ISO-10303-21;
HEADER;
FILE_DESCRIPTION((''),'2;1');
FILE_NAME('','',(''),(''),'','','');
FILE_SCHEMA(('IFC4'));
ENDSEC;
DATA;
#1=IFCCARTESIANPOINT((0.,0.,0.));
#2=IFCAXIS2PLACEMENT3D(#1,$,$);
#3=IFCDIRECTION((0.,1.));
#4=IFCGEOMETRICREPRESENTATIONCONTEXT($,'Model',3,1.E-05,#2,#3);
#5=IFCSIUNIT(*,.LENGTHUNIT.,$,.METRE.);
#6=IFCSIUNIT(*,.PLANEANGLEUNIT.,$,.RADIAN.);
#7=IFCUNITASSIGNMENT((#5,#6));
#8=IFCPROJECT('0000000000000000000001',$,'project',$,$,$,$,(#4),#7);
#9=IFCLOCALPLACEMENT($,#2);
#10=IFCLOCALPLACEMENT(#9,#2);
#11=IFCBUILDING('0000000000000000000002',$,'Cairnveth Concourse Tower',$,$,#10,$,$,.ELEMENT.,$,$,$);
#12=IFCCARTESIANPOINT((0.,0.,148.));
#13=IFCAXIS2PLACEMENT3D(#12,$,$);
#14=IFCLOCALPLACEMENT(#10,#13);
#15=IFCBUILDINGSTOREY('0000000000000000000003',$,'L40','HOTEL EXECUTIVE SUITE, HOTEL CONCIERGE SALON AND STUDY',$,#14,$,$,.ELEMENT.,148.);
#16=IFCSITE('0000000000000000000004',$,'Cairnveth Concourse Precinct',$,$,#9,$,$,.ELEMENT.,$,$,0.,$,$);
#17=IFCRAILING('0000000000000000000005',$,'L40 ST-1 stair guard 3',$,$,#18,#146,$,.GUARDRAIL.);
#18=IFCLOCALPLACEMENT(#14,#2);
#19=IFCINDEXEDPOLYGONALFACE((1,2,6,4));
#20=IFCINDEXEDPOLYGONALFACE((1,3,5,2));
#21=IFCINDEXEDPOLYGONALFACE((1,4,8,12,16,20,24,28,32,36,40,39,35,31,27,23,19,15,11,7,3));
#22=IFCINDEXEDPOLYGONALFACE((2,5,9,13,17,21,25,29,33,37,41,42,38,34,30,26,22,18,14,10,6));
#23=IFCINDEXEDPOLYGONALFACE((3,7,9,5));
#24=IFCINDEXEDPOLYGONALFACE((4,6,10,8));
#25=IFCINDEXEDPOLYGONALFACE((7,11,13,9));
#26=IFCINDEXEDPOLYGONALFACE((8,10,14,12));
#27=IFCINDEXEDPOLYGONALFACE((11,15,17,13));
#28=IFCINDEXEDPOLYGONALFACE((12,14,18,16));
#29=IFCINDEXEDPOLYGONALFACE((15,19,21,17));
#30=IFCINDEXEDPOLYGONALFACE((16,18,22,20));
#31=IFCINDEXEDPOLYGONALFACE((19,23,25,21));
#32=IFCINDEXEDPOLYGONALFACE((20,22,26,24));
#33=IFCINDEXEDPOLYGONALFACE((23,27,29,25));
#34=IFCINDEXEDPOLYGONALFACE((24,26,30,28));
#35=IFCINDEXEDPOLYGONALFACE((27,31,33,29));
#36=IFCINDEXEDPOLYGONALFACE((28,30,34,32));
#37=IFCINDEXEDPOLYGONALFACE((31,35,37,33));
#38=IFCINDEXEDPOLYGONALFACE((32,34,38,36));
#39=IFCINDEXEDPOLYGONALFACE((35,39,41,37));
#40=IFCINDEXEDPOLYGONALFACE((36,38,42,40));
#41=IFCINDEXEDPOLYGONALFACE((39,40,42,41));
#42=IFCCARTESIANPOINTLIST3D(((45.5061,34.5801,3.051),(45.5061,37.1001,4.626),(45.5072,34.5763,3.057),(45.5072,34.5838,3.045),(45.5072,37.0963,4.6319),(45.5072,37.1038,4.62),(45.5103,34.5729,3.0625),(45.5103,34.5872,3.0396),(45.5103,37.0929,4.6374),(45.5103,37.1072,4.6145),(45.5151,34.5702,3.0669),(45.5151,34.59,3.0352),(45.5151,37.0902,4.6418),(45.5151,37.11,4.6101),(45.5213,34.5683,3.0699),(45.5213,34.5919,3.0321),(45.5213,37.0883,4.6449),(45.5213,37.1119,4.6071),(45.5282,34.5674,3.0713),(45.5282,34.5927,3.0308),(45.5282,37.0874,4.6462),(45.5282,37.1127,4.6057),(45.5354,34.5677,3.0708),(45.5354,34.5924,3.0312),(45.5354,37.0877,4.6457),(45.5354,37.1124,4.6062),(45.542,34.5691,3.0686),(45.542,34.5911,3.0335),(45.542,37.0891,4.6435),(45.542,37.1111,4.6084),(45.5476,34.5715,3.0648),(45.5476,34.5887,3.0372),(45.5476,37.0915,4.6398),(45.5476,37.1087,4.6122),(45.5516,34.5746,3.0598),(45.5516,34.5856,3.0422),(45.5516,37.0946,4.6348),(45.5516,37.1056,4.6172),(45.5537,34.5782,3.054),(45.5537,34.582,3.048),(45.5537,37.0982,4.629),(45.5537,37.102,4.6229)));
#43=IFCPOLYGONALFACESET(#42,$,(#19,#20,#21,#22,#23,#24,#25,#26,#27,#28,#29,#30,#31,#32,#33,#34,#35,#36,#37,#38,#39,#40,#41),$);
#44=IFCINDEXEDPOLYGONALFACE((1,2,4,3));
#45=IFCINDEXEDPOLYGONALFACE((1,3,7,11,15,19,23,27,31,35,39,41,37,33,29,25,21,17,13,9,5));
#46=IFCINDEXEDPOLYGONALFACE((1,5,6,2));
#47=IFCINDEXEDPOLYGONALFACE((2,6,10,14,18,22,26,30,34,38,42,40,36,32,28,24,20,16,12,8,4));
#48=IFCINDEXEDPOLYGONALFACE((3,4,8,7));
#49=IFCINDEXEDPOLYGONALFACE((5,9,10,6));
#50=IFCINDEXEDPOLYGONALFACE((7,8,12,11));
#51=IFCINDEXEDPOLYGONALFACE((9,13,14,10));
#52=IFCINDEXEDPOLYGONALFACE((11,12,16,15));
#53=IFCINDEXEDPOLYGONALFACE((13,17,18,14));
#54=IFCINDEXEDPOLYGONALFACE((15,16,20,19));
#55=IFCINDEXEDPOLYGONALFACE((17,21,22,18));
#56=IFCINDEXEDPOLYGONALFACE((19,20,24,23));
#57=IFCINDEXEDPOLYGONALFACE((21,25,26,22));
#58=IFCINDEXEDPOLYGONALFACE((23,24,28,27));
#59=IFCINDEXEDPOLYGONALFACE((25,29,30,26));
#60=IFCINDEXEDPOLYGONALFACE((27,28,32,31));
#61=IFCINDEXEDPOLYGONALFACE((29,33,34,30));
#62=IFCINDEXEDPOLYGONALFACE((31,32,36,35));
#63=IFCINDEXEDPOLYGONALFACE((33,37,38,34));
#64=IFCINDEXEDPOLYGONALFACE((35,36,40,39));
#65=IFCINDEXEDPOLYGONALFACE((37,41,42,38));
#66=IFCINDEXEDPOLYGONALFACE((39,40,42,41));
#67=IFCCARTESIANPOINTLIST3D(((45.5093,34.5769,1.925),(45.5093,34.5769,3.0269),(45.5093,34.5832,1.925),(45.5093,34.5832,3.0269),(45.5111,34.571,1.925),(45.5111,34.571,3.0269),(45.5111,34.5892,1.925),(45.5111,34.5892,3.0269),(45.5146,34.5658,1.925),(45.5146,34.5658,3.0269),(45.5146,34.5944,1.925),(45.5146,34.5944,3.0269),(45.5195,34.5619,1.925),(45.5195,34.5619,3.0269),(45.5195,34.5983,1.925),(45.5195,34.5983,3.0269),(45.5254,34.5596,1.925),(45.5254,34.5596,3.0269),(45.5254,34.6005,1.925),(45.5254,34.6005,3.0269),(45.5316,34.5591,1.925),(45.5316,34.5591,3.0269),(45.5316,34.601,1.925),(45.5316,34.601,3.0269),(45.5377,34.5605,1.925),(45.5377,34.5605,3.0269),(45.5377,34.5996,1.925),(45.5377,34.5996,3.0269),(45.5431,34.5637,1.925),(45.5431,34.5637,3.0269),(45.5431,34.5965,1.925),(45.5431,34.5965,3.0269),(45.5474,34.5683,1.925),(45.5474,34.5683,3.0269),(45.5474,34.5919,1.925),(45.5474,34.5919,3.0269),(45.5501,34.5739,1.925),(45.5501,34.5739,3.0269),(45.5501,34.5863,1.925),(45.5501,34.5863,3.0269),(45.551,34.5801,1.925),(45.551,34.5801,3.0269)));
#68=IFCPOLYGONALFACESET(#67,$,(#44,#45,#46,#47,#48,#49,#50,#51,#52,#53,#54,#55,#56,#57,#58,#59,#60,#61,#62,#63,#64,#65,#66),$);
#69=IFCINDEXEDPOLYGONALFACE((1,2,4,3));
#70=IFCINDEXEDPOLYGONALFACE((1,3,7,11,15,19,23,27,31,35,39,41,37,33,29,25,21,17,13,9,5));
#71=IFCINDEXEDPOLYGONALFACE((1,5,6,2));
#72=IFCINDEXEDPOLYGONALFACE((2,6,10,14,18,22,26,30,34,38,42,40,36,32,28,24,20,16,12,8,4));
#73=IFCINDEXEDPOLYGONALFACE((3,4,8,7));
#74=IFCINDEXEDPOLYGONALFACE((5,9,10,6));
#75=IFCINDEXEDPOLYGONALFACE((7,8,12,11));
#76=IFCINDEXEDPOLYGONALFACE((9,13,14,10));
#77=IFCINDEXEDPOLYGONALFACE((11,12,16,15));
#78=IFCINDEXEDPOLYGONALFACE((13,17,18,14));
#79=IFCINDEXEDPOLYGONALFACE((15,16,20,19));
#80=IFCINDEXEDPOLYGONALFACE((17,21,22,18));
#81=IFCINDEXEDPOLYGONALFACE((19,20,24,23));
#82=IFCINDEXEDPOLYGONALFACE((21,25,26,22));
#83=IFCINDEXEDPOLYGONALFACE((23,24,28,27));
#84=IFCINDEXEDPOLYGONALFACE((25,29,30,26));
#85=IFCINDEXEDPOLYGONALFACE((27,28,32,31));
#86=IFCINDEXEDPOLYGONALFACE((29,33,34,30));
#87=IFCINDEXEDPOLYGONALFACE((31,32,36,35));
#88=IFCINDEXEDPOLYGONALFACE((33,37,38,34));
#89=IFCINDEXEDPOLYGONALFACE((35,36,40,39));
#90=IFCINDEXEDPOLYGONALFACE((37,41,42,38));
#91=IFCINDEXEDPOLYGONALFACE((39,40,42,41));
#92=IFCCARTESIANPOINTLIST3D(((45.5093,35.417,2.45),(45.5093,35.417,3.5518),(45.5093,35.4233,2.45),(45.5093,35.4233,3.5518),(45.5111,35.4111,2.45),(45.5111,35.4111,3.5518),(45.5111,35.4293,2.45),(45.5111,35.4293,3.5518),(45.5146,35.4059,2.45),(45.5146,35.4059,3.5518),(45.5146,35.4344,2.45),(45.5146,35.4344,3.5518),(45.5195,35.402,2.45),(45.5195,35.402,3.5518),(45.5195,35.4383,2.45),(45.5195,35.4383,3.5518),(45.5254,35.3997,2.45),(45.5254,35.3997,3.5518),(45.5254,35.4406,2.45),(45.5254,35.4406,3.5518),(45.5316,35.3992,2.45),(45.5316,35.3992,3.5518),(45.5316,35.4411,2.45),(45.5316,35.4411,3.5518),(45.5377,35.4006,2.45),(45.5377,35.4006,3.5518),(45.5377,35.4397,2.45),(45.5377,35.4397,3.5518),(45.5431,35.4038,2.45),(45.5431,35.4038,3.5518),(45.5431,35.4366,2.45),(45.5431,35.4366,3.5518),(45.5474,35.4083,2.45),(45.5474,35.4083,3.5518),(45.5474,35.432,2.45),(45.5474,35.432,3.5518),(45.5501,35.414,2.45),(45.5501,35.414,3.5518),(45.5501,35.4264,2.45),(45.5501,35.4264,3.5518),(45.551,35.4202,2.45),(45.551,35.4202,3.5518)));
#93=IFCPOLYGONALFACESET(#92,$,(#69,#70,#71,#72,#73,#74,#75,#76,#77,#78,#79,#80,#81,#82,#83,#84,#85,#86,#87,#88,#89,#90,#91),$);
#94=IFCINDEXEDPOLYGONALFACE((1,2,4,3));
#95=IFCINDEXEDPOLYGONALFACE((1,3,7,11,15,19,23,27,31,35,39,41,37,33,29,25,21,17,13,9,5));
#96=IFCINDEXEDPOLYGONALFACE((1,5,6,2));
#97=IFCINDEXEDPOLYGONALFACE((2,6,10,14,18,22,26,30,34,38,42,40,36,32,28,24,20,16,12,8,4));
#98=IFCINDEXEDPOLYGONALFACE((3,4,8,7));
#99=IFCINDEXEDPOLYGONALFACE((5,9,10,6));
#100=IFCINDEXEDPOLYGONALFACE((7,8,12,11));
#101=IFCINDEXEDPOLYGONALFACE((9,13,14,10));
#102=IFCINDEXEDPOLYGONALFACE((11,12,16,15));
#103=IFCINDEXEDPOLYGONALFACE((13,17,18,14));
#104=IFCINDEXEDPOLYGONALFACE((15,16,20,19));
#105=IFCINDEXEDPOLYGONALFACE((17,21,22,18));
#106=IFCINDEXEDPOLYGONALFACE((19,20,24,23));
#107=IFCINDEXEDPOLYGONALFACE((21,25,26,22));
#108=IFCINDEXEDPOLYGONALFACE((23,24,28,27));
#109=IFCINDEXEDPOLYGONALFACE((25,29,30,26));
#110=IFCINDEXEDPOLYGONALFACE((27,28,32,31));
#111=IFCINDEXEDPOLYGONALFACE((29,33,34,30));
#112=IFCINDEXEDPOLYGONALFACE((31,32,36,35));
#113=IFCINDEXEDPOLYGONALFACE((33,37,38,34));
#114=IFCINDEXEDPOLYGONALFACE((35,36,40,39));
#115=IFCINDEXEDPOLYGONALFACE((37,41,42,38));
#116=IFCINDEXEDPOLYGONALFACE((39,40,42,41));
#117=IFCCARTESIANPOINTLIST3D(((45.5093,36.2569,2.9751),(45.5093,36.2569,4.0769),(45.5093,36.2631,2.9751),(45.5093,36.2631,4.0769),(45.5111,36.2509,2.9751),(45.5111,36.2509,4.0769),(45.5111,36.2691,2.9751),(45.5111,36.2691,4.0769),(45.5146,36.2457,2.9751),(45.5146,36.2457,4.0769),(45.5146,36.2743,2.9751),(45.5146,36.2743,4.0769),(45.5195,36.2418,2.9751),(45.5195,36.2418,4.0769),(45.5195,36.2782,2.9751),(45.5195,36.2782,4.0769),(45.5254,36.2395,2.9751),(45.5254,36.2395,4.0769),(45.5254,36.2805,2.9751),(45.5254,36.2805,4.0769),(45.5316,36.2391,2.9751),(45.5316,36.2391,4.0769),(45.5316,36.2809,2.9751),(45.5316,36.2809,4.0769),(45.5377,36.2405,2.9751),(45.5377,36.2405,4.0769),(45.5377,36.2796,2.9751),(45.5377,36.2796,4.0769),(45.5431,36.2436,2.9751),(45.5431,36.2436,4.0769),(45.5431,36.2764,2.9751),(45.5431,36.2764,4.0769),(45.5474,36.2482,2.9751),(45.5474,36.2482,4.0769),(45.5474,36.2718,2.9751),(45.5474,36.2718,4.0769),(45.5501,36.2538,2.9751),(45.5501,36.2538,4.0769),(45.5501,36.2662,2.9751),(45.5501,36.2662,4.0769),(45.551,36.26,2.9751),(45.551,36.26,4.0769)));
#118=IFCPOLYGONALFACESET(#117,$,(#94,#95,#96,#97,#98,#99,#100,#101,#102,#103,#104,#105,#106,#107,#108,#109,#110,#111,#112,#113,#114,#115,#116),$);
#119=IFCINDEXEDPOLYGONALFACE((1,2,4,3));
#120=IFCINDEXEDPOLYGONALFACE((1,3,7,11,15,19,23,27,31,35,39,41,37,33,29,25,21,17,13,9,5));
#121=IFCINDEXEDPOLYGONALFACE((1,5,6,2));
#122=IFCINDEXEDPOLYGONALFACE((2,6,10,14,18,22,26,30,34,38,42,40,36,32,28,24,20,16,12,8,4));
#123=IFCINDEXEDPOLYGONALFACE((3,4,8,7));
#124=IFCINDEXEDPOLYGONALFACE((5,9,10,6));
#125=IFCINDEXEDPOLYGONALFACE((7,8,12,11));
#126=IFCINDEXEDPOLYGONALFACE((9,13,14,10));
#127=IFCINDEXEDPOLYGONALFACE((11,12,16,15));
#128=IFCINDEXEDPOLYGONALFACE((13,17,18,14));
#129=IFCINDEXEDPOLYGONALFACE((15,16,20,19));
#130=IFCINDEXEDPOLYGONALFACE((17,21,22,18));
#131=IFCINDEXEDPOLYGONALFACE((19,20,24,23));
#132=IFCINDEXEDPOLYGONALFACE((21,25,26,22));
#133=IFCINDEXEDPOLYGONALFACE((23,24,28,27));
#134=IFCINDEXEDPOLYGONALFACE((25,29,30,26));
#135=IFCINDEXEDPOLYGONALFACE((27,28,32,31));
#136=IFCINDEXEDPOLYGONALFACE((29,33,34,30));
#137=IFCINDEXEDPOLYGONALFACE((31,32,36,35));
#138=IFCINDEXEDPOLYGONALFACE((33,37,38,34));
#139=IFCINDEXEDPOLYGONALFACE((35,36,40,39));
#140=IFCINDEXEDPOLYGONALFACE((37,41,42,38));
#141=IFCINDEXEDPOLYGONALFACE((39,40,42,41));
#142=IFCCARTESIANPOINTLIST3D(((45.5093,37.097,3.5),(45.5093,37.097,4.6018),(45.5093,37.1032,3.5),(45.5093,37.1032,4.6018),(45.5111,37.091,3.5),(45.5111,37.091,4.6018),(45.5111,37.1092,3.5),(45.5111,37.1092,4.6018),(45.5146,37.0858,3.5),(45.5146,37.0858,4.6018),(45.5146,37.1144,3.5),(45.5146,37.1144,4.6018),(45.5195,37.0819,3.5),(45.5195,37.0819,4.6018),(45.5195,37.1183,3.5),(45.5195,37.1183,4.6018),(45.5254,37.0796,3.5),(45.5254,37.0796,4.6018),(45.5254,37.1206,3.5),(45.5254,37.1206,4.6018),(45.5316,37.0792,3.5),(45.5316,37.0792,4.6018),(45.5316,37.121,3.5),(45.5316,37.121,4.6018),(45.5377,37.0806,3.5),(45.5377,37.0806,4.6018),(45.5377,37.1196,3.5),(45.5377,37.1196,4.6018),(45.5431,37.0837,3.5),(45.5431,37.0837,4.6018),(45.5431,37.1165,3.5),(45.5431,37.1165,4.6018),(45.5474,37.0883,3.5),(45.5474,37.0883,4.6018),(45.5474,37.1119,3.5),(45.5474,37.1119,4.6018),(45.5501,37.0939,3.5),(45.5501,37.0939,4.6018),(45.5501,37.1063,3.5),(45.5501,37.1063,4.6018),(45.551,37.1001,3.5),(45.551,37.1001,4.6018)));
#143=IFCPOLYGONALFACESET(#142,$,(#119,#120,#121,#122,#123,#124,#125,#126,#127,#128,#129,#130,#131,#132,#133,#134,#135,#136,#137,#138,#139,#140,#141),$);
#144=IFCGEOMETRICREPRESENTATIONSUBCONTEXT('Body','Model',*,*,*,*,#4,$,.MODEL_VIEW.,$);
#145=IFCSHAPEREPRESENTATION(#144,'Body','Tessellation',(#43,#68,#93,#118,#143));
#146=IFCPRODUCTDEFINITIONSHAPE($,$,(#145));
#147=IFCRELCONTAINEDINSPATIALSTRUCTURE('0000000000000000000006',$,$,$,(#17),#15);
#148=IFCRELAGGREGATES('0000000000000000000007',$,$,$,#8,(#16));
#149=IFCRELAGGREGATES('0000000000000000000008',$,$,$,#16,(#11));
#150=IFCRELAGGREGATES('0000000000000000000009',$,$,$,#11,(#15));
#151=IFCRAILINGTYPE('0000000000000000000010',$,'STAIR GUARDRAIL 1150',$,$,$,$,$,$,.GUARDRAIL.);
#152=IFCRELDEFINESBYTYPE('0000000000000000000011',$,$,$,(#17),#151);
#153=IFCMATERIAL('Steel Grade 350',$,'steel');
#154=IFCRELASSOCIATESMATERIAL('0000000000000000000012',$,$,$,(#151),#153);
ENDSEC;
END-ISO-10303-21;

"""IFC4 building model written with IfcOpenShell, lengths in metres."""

from ifc_helpers import new_model, si_unit, direction, frame, origin, origin_2d, place, context, subcontext, project, spatial, circle, extrude, material, type_object, element, save


model = new_model("IFC4")

# Units and contexts
model_context = context("Model", 3, precision=1e-05, world=origin(), true_north=direction((0.0, 1.0)))
body_context = subcontext(model_context, "Body", "Model", "MODEL_VIEW")
ifc_project = project(units=[si_unit("LENGTHUNIT", "METRE"), si_unit("PLANEANGLEUNIT", "RADIAN")], contexts=[model_context])

# Site, building, storey
site_placement = place(None, origin())
site = spatial("IfcSite", under=ifc_project, at=site_placement, Name="Cairnveth Concourse Precinct", CompositionType="ELEMENT", RefElevation=0.0)
building_placement = place(site_placement, origin())
building = spatial("IfcBuilding", under=site, at=building_placement, Name="Cairnveth Concourse Tower", CompositionType="ELEMENT")
storey_placement = place(building_placement, frame((0.0, 0.0, 148.0)))
storey = spatial("IfcBuildingStorey", under=building, at=storey_placement, Name="L40", Description="HOTEL EXECUTIVE SUITE, HOTEL CONCIERGE SALON AND STUDY", CompositionType="ELEMENT", Elevation=148.0)

# Shared definitions
ifc_material_1 = material(Name="Steel Grade 350", Category="steel")

# Railing
railing_type_1 = type_object("IfcRailingType", Name="STAIR GUARDRAIL 1150", PredefinedType="GUARDRAIL", material=ifc_material_1)
railing_1_placement = place(storey_placement, frame((45.53, 34.5801, 1.925)))
element("IfcRailing", 1, at=railing_1_placement, inside=storey, type_object=railing_type_1, Name="L40 ST-1 stair guard 3", PredefinedType="GUARDRAIL", context=body_context, shape_type="SweptSolid", body=[
    extrude(circle(Radius=0.0239, at=origin_2d()), frame((0.0, 0.0, 1.126), z_axis=(0.0, 0.848008, 0.529984), x_axis=(-1.0, 0.0, 0.0)), (0.0, 0.0, 1.0), 2.9717),
    extrude(circle(Radius=0.021, at=origin_2d()), origin(), (0.0, 0.0, 1.0), 1.1018),
    extrude(circle(Radius=0.021, at=origin_2d()), frame((0.0, 0.8401, 0.5249)), (0.0, 0.0, 1.0), 1.1018),
    extrude(circle(Radius=0.021, at=origin_2d()), frame((0.0, 1.6799, 1.05)), (0.0, 0.0, 1.0), 1.1018),
    extrude(circle(Radius=0.021, at=origin_2d()), frame((0.0, 2.52, 1.575)), (0.0, 0.0, 1.0), 1.1018),
])

save(model, "model.ifc")
